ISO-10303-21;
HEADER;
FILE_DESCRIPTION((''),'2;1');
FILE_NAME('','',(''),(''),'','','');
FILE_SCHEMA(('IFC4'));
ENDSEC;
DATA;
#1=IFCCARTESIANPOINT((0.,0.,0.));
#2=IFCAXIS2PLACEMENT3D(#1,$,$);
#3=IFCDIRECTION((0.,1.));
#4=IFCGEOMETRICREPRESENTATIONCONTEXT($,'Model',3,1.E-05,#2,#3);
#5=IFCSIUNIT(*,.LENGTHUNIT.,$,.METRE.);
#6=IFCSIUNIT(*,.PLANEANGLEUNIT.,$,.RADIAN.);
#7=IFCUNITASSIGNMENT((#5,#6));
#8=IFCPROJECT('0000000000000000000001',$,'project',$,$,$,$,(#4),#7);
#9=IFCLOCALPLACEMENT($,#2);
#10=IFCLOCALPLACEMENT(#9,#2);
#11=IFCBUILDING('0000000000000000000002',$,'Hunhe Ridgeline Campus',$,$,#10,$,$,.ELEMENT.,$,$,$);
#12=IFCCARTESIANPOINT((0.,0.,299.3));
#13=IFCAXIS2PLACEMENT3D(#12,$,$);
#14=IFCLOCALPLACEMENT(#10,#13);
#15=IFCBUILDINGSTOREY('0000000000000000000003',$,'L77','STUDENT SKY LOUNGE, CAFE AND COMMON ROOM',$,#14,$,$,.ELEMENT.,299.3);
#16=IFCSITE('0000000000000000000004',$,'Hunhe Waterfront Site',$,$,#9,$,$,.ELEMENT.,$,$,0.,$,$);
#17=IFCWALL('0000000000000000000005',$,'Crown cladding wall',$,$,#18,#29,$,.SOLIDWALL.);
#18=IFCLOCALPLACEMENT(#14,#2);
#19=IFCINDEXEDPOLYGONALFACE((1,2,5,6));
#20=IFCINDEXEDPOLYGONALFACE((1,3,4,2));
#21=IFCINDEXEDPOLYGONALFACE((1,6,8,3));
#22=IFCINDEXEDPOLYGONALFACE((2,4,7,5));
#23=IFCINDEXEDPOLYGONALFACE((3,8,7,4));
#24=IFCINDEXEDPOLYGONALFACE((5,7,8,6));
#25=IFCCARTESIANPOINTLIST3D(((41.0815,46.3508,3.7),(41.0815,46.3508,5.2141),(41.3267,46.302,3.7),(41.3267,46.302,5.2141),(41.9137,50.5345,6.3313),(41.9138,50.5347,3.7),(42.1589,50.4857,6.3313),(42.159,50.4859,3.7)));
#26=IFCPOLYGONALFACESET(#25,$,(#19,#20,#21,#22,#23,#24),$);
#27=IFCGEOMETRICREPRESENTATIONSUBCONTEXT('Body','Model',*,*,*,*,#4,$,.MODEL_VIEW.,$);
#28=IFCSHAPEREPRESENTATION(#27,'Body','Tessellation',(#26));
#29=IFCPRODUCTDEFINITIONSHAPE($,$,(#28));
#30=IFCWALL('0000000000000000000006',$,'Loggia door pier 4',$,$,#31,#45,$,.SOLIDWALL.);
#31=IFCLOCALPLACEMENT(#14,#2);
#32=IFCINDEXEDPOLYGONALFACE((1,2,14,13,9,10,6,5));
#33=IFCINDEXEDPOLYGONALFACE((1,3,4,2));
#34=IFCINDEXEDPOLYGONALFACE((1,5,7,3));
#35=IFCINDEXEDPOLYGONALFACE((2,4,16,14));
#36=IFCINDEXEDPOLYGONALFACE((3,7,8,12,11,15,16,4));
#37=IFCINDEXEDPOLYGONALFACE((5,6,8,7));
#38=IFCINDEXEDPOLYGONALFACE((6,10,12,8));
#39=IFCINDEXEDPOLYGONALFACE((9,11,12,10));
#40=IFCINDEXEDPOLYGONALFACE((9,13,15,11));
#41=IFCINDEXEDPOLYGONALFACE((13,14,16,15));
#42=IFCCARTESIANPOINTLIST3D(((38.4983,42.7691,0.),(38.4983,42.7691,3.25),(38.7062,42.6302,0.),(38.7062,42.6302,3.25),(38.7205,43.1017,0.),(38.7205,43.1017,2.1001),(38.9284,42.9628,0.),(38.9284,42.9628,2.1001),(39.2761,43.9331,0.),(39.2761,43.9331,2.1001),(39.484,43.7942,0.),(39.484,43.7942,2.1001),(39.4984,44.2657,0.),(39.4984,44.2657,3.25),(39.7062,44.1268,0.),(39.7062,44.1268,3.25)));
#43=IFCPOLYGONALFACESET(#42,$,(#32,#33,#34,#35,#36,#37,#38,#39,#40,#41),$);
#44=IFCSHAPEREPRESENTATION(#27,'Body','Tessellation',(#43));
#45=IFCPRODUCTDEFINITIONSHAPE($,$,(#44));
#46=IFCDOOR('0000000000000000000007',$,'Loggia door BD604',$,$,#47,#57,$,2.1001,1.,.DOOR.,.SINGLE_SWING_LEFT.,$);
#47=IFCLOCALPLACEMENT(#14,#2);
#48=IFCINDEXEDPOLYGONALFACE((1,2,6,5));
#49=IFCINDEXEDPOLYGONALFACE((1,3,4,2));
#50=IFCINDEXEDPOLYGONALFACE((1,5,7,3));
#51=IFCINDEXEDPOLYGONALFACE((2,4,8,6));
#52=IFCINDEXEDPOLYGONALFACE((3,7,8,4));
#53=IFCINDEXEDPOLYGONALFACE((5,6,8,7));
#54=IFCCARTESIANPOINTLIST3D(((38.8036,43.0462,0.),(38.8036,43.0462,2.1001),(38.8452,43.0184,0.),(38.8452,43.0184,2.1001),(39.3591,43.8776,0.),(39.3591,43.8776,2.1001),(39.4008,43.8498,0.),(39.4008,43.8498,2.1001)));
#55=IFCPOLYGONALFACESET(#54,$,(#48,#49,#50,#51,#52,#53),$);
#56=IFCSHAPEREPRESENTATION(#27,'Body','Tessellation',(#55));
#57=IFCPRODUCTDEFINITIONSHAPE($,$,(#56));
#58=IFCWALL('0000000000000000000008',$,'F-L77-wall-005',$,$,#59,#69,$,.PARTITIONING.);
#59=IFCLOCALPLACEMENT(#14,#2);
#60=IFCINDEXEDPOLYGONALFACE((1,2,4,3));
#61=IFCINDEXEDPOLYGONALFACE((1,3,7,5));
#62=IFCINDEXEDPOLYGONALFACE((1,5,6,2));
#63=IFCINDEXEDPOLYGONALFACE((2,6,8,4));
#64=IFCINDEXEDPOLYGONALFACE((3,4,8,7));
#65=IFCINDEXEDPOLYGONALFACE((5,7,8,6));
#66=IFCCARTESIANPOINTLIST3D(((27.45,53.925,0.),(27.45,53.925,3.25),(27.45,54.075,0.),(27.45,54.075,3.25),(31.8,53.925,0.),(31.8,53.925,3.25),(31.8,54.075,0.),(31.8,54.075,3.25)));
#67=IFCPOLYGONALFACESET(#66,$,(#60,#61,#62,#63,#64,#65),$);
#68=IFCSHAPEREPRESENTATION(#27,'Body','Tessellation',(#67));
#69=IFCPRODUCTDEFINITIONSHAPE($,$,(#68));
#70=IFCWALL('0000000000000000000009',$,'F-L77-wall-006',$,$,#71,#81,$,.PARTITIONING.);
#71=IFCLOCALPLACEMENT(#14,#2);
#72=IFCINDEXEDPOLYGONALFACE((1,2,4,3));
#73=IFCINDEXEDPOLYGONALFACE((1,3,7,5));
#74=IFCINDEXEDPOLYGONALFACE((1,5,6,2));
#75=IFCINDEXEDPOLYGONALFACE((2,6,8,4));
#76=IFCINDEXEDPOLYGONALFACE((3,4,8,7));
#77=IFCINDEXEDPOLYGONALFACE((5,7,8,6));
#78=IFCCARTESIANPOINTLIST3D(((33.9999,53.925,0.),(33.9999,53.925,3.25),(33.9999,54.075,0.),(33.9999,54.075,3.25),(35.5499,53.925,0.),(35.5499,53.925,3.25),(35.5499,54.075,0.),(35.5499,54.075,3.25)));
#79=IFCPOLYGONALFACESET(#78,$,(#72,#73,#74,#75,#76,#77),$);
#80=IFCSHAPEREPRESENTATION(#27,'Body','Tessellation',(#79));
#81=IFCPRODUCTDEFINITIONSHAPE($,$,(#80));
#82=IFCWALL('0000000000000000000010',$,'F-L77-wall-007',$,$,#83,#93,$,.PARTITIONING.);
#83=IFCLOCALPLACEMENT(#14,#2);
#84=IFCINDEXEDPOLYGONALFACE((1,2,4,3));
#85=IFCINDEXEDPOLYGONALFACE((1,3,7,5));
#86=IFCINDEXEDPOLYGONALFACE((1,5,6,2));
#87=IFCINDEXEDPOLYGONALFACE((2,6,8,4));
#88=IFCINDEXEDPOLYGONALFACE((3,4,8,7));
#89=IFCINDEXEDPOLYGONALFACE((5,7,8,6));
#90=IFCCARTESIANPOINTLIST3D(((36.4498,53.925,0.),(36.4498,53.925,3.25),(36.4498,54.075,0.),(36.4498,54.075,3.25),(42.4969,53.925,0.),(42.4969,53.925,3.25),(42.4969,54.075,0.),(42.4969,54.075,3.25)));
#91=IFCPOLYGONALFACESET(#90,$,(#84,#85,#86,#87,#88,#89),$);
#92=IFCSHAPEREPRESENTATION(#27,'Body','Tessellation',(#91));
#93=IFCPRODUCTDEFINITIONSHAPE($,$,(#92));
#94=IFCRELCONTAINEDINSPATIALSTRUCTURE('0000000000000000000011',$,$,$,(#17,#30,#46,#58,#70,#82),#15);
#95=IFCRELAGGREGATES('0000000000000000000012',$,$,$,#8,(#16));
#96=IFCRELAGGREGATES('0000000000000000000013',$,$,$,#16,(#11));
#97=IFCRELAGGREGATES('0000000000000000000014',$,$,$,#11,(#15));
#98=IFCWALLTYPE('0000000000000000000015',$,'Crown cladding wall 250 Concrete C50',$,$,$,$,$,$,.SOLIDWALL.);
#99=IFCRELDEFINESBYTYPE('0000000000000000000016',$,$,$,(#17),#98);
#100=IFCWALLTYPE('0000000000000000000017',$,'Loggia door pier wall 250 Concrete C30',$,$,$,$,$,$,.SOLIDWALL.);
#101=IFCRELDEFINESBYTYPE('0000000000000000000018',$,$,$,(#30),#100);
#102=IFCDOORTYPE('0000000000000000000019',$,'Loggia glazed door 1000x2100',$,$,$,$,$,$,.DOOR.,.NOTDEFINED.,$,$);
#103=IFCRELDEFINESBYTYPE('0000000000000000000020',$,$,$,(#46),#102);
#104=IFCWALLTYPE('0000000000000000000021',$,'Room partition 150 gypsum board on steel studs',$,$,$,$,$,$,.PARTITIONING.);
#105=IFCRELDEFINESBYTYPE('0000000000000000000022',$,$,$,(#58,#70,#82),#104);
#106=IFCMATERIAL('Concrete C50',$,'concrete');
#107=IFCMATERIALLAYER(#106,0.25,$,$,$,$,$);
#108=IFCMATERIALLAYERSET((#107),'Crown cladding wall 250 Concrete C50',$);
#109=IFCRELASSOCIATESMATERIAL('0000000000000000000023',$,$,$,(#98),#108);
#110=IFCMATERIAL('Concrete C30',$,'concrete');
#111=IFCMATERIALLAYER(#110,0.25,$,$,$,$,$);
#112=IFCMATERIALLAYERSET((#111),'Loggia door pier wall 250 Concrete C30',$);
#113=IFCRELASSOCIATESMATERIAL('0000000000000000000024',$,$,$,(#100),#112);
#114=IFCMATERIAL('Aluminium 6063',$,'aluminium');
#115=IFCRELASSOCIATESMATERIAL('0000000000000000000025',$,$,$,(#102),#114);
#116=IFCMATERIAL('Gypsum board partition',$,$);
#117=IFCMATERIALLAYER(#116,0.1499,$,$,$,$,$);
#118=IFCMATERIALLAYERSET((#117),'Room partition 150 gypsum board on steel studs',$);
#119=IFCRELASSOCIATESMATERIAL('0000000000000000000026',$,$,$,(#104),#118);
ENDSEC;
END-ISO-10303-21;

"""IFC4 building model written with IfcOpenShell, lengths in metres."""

from ifc_helpers import new_model, si_unit, direction, frame, frame_2d, origin, place, context, subcontext, project, spatial, polyline, rectangle, outline, extrude, material, layer, layer_set, type_object, element, fill, save


model = new_model("IFC4")

# Units and contexts
model_context = context("Model", 3, precision=1e-05, world=origin(), true_north=direction((0.0, 1.0)))
body_context = subcontext(model_context, "Body", "Model", "MODEL_VIEW")
ifc_project = project(units=[si_unit("LENGTHUNIT", "METRE"), si_unit("PLANEANGLEUNIT", "RADIAN")], contexts=[model_context])

# Site, building, storey
site_placement = place(None, origin())
site = spatial("IfcSite", under=ifc_project, at=site_placement, Name="Hunhe Waterfront Site", CompositionType="ELEMENT", RefElevation=0.0)
building_placement = place(site_placement, origin())
building = spatial("IfcBuilding", under=site, at=building_placement, Name="Hunhe Ridgeline Campus", CompositionType="ELEMENT")
storey_placement = place(building_placement, frame((0.0, 0.0, 299.3)))
storey = spatial("IfcBuildingStorey", under=building, at=storey_placement, Name="L77", Description="STUDENT SKY LOUNGE, CAFE AND COMMON ROOM", CompositionType="ELEMENT", Elevation=299.3)

# Shared definitions
ifc_material_1 = material(Name="Concrete C50", Category="concrete")

# Shared definitions
ifc_material_2 = material(Name="Aluminium 6063", Category="aluminium")

# Wall
ifc_material_3 = material(Name="Concrete C30", Category="concrete")
ifc_layer_1 = layer(ifc_material_1, 0.25)
ifc_layer_set_1 = layer_set([ifc_layer_1], Name="Crown cladding wall 250 Concrete C50")
wall_type_1 = type_object("IfcWallType", Name="Crown cladding wall 250 Concrete C50", PredefinedType="SOLIDWALL", material=ifc_layer_set_1)
wall_1_placement = place(storey_placement, frame((41.2041, 46.3264, 3.7), z_axis=(0.0, 0.0, 1.0), x_axis=(0.195103, 0.980783, 0.0)))
element("IfcWall", 1, at=wall_1_placement, inside=storey, type_object=wall_type_1, Name="Crown cladding wall", PredefinedType="SOLIDWALL", context=body_context, shape_type="SweptSolid", body=[
    extrude(outline(polyline([(0.0, 0.0), (4.2659, 0.0), (4.2656, 2.6313), (0.0, 1.5142), (0.0, 0.0)])), frame((0.0, 0.125, 0.0), z_axis=(0.0, -1.0, 0.0), x_axis=(1.0, 0.0, 0.0)), (0.0, 0.0, 1.0), 0.25),
])

# Wall, opening, door
ifc_layer_2 = layer(ifc_material_3, 0.25)
ifc_layer_set_2 = layer_set([ifc_layer_2], Name="Loggia door pier wall 250 Concrete C30")
wall_type_2 = type_object("IfcWallType", Name="Loggia door pier wall 250 Concrete C30", PredefinedType="SOLIDWALL", material=ifc_layer_set_2)
wall_2_placement = place(storey_placement, frame((38.6023, 42.6997, 0.0), z_axis=(0.0, 0.0, 1.0), x_axis=(0.555576, 0.831466, 0.0)))
wall_2 = element("IfcWall", 2, at=wall_2_placement, inside=storey, type_object=wall_type_2, Name="Loggia door pier 4", PredefinedType="SOLIDWALL", context=body_context, shape_type="SweptSolid", body=[
    extrude(rectangle(XDim=1.8, YDim=0.25, at=frame_2d((0.8999, 0.0))), origin(), (0.0, 0.0, 1.0), 3.25),
])
opening_placement = place(wall_2_placement, frame((0.3999, 0.0, 0.0)))
opening = element("IfcOpeningElement", 3, at=opening_placement, cuts=wall_2, PredefinedType="OPENING", context=body_context, shape_type="SweptSolid", body=[
    extrude(rectangle(XDim=1.0, YDim=2.1001, at=frame_2d((0.5, 1.05))), frame((0.0, 0.125, 0.0), z_axis=(0.0, -1.0, 0.0), x_axis=(1.0, 0.0, 0.0)), (0.0, 0.0, 1.0), 0.25),
])
door_type = type_object("IfcDoorType", Name="Loggia glazed door 1000x2100", OperationType="NOTDEFINED", PredefinedType="DOOR", material=ifc_material_2)
door_placement = place(opening_placement, frame((1.0, 0.0, 0.0), z_axis=(0.0, 0.0, 1.0), x_axis=(-1.0, 0.0, 0.0)))
door = element("IfcDoor", 4, at=door_placement, inside=storey, type_object=door_type, Name="Loggia door BD604", OperationType="SINGLE_SWING_LEFT", OverallHeight=2.1001, OverallWidth=1.0, PredefinedType="DOOR", context=body_context, shape_type="SweptSolid", body=[
    extrude(rectangle(XDim=1.0, YDim=2.1001, at=frame_2d((0.5, 1.05))), frame((0.0, 0.0249, 0.0), z_axis=(0.0, -1.0, 0.0), x_axis=(1.0, 0.0, 0.0)), (0.0, 0.0, 1.0), 0.05),
])
fill(opening, door)

# Walls
ifc_material_4 = material(Name="Gypsum board partition")
ifc_layer_3 = layer(ifc_material_4, 0.1499)
ifc_layer_set_3 = layer_set([ifc_layer_3], Name="Room partition 150 gypsum board on steel studs")
wall_type_3 = type_object("IfcWallType", Name="Room partition 150 gypsum board on steel studs", PredefinedType="PARTITIONING", material=ifc_layer_set_3)
wall_3_placement = place(storey_placement, frame((27.45, 54.0, 0.0), z_axis=(0.0, 0.0, 1.0), x_axis=(1.0, 0.0, 0.0)))
element("IfcWall", 5, at=wall_3_placement, inside=storey, type_object=wall_type_3, Name="F-L77-wall-005", PredefinedType="PARTITIONING", context=body_context, shape_type="SweptSolid", body=[
    extrude(rectangle(XDim=4.3501, YDim=0.1499, at=frame_2d((2.175, 0.0))), origin(), (0.0, 0.0, 1.0), 3.25),
])
wall_4_placement = place(storey_placement, frame((34.0, 54.0, 0.0), z_axis=(0.0, 0.0, 1.0), x_axis=(1.0, 0.0, 0.0)))
element("IfcWall", 6, at=wall_4_placement, inside=storey, type_object=wall_type_3, Name="F-L77-wall-006", PredefinedType="PARTITIONING", context=body_context, shape_type="SweptSolid", body=[
    extrude(rectangle(XDim=1.55, YDim=0.1499, at=frame_2d((0.7749, 0.0))), origin(), (0.0, 0.0, 1.0), 3.25),
])
wall_5_placement = place(storey_placement, frame((36.45, 54.0, 0.0), z_axis=(0.0, 0.0, 1.0), x_axis=(1.0, 0.0, 0.0)))
element("IfcWall", 7, at=wall_5_placement, inside=storey, type_object=wall_type_3, Name="F-L77-wall-007", PredefinedType="PARTITIONING", context=body_context, shape_type="SweptSolid", body=[
    extrude(rectangle(XDim=6.0471, YDim=0.1499, at=frame_2d((3.0234, 0.0))), origin(), (0.0, 0.0, 1.0), 3.25),
])

save(model, "model.ifc")
